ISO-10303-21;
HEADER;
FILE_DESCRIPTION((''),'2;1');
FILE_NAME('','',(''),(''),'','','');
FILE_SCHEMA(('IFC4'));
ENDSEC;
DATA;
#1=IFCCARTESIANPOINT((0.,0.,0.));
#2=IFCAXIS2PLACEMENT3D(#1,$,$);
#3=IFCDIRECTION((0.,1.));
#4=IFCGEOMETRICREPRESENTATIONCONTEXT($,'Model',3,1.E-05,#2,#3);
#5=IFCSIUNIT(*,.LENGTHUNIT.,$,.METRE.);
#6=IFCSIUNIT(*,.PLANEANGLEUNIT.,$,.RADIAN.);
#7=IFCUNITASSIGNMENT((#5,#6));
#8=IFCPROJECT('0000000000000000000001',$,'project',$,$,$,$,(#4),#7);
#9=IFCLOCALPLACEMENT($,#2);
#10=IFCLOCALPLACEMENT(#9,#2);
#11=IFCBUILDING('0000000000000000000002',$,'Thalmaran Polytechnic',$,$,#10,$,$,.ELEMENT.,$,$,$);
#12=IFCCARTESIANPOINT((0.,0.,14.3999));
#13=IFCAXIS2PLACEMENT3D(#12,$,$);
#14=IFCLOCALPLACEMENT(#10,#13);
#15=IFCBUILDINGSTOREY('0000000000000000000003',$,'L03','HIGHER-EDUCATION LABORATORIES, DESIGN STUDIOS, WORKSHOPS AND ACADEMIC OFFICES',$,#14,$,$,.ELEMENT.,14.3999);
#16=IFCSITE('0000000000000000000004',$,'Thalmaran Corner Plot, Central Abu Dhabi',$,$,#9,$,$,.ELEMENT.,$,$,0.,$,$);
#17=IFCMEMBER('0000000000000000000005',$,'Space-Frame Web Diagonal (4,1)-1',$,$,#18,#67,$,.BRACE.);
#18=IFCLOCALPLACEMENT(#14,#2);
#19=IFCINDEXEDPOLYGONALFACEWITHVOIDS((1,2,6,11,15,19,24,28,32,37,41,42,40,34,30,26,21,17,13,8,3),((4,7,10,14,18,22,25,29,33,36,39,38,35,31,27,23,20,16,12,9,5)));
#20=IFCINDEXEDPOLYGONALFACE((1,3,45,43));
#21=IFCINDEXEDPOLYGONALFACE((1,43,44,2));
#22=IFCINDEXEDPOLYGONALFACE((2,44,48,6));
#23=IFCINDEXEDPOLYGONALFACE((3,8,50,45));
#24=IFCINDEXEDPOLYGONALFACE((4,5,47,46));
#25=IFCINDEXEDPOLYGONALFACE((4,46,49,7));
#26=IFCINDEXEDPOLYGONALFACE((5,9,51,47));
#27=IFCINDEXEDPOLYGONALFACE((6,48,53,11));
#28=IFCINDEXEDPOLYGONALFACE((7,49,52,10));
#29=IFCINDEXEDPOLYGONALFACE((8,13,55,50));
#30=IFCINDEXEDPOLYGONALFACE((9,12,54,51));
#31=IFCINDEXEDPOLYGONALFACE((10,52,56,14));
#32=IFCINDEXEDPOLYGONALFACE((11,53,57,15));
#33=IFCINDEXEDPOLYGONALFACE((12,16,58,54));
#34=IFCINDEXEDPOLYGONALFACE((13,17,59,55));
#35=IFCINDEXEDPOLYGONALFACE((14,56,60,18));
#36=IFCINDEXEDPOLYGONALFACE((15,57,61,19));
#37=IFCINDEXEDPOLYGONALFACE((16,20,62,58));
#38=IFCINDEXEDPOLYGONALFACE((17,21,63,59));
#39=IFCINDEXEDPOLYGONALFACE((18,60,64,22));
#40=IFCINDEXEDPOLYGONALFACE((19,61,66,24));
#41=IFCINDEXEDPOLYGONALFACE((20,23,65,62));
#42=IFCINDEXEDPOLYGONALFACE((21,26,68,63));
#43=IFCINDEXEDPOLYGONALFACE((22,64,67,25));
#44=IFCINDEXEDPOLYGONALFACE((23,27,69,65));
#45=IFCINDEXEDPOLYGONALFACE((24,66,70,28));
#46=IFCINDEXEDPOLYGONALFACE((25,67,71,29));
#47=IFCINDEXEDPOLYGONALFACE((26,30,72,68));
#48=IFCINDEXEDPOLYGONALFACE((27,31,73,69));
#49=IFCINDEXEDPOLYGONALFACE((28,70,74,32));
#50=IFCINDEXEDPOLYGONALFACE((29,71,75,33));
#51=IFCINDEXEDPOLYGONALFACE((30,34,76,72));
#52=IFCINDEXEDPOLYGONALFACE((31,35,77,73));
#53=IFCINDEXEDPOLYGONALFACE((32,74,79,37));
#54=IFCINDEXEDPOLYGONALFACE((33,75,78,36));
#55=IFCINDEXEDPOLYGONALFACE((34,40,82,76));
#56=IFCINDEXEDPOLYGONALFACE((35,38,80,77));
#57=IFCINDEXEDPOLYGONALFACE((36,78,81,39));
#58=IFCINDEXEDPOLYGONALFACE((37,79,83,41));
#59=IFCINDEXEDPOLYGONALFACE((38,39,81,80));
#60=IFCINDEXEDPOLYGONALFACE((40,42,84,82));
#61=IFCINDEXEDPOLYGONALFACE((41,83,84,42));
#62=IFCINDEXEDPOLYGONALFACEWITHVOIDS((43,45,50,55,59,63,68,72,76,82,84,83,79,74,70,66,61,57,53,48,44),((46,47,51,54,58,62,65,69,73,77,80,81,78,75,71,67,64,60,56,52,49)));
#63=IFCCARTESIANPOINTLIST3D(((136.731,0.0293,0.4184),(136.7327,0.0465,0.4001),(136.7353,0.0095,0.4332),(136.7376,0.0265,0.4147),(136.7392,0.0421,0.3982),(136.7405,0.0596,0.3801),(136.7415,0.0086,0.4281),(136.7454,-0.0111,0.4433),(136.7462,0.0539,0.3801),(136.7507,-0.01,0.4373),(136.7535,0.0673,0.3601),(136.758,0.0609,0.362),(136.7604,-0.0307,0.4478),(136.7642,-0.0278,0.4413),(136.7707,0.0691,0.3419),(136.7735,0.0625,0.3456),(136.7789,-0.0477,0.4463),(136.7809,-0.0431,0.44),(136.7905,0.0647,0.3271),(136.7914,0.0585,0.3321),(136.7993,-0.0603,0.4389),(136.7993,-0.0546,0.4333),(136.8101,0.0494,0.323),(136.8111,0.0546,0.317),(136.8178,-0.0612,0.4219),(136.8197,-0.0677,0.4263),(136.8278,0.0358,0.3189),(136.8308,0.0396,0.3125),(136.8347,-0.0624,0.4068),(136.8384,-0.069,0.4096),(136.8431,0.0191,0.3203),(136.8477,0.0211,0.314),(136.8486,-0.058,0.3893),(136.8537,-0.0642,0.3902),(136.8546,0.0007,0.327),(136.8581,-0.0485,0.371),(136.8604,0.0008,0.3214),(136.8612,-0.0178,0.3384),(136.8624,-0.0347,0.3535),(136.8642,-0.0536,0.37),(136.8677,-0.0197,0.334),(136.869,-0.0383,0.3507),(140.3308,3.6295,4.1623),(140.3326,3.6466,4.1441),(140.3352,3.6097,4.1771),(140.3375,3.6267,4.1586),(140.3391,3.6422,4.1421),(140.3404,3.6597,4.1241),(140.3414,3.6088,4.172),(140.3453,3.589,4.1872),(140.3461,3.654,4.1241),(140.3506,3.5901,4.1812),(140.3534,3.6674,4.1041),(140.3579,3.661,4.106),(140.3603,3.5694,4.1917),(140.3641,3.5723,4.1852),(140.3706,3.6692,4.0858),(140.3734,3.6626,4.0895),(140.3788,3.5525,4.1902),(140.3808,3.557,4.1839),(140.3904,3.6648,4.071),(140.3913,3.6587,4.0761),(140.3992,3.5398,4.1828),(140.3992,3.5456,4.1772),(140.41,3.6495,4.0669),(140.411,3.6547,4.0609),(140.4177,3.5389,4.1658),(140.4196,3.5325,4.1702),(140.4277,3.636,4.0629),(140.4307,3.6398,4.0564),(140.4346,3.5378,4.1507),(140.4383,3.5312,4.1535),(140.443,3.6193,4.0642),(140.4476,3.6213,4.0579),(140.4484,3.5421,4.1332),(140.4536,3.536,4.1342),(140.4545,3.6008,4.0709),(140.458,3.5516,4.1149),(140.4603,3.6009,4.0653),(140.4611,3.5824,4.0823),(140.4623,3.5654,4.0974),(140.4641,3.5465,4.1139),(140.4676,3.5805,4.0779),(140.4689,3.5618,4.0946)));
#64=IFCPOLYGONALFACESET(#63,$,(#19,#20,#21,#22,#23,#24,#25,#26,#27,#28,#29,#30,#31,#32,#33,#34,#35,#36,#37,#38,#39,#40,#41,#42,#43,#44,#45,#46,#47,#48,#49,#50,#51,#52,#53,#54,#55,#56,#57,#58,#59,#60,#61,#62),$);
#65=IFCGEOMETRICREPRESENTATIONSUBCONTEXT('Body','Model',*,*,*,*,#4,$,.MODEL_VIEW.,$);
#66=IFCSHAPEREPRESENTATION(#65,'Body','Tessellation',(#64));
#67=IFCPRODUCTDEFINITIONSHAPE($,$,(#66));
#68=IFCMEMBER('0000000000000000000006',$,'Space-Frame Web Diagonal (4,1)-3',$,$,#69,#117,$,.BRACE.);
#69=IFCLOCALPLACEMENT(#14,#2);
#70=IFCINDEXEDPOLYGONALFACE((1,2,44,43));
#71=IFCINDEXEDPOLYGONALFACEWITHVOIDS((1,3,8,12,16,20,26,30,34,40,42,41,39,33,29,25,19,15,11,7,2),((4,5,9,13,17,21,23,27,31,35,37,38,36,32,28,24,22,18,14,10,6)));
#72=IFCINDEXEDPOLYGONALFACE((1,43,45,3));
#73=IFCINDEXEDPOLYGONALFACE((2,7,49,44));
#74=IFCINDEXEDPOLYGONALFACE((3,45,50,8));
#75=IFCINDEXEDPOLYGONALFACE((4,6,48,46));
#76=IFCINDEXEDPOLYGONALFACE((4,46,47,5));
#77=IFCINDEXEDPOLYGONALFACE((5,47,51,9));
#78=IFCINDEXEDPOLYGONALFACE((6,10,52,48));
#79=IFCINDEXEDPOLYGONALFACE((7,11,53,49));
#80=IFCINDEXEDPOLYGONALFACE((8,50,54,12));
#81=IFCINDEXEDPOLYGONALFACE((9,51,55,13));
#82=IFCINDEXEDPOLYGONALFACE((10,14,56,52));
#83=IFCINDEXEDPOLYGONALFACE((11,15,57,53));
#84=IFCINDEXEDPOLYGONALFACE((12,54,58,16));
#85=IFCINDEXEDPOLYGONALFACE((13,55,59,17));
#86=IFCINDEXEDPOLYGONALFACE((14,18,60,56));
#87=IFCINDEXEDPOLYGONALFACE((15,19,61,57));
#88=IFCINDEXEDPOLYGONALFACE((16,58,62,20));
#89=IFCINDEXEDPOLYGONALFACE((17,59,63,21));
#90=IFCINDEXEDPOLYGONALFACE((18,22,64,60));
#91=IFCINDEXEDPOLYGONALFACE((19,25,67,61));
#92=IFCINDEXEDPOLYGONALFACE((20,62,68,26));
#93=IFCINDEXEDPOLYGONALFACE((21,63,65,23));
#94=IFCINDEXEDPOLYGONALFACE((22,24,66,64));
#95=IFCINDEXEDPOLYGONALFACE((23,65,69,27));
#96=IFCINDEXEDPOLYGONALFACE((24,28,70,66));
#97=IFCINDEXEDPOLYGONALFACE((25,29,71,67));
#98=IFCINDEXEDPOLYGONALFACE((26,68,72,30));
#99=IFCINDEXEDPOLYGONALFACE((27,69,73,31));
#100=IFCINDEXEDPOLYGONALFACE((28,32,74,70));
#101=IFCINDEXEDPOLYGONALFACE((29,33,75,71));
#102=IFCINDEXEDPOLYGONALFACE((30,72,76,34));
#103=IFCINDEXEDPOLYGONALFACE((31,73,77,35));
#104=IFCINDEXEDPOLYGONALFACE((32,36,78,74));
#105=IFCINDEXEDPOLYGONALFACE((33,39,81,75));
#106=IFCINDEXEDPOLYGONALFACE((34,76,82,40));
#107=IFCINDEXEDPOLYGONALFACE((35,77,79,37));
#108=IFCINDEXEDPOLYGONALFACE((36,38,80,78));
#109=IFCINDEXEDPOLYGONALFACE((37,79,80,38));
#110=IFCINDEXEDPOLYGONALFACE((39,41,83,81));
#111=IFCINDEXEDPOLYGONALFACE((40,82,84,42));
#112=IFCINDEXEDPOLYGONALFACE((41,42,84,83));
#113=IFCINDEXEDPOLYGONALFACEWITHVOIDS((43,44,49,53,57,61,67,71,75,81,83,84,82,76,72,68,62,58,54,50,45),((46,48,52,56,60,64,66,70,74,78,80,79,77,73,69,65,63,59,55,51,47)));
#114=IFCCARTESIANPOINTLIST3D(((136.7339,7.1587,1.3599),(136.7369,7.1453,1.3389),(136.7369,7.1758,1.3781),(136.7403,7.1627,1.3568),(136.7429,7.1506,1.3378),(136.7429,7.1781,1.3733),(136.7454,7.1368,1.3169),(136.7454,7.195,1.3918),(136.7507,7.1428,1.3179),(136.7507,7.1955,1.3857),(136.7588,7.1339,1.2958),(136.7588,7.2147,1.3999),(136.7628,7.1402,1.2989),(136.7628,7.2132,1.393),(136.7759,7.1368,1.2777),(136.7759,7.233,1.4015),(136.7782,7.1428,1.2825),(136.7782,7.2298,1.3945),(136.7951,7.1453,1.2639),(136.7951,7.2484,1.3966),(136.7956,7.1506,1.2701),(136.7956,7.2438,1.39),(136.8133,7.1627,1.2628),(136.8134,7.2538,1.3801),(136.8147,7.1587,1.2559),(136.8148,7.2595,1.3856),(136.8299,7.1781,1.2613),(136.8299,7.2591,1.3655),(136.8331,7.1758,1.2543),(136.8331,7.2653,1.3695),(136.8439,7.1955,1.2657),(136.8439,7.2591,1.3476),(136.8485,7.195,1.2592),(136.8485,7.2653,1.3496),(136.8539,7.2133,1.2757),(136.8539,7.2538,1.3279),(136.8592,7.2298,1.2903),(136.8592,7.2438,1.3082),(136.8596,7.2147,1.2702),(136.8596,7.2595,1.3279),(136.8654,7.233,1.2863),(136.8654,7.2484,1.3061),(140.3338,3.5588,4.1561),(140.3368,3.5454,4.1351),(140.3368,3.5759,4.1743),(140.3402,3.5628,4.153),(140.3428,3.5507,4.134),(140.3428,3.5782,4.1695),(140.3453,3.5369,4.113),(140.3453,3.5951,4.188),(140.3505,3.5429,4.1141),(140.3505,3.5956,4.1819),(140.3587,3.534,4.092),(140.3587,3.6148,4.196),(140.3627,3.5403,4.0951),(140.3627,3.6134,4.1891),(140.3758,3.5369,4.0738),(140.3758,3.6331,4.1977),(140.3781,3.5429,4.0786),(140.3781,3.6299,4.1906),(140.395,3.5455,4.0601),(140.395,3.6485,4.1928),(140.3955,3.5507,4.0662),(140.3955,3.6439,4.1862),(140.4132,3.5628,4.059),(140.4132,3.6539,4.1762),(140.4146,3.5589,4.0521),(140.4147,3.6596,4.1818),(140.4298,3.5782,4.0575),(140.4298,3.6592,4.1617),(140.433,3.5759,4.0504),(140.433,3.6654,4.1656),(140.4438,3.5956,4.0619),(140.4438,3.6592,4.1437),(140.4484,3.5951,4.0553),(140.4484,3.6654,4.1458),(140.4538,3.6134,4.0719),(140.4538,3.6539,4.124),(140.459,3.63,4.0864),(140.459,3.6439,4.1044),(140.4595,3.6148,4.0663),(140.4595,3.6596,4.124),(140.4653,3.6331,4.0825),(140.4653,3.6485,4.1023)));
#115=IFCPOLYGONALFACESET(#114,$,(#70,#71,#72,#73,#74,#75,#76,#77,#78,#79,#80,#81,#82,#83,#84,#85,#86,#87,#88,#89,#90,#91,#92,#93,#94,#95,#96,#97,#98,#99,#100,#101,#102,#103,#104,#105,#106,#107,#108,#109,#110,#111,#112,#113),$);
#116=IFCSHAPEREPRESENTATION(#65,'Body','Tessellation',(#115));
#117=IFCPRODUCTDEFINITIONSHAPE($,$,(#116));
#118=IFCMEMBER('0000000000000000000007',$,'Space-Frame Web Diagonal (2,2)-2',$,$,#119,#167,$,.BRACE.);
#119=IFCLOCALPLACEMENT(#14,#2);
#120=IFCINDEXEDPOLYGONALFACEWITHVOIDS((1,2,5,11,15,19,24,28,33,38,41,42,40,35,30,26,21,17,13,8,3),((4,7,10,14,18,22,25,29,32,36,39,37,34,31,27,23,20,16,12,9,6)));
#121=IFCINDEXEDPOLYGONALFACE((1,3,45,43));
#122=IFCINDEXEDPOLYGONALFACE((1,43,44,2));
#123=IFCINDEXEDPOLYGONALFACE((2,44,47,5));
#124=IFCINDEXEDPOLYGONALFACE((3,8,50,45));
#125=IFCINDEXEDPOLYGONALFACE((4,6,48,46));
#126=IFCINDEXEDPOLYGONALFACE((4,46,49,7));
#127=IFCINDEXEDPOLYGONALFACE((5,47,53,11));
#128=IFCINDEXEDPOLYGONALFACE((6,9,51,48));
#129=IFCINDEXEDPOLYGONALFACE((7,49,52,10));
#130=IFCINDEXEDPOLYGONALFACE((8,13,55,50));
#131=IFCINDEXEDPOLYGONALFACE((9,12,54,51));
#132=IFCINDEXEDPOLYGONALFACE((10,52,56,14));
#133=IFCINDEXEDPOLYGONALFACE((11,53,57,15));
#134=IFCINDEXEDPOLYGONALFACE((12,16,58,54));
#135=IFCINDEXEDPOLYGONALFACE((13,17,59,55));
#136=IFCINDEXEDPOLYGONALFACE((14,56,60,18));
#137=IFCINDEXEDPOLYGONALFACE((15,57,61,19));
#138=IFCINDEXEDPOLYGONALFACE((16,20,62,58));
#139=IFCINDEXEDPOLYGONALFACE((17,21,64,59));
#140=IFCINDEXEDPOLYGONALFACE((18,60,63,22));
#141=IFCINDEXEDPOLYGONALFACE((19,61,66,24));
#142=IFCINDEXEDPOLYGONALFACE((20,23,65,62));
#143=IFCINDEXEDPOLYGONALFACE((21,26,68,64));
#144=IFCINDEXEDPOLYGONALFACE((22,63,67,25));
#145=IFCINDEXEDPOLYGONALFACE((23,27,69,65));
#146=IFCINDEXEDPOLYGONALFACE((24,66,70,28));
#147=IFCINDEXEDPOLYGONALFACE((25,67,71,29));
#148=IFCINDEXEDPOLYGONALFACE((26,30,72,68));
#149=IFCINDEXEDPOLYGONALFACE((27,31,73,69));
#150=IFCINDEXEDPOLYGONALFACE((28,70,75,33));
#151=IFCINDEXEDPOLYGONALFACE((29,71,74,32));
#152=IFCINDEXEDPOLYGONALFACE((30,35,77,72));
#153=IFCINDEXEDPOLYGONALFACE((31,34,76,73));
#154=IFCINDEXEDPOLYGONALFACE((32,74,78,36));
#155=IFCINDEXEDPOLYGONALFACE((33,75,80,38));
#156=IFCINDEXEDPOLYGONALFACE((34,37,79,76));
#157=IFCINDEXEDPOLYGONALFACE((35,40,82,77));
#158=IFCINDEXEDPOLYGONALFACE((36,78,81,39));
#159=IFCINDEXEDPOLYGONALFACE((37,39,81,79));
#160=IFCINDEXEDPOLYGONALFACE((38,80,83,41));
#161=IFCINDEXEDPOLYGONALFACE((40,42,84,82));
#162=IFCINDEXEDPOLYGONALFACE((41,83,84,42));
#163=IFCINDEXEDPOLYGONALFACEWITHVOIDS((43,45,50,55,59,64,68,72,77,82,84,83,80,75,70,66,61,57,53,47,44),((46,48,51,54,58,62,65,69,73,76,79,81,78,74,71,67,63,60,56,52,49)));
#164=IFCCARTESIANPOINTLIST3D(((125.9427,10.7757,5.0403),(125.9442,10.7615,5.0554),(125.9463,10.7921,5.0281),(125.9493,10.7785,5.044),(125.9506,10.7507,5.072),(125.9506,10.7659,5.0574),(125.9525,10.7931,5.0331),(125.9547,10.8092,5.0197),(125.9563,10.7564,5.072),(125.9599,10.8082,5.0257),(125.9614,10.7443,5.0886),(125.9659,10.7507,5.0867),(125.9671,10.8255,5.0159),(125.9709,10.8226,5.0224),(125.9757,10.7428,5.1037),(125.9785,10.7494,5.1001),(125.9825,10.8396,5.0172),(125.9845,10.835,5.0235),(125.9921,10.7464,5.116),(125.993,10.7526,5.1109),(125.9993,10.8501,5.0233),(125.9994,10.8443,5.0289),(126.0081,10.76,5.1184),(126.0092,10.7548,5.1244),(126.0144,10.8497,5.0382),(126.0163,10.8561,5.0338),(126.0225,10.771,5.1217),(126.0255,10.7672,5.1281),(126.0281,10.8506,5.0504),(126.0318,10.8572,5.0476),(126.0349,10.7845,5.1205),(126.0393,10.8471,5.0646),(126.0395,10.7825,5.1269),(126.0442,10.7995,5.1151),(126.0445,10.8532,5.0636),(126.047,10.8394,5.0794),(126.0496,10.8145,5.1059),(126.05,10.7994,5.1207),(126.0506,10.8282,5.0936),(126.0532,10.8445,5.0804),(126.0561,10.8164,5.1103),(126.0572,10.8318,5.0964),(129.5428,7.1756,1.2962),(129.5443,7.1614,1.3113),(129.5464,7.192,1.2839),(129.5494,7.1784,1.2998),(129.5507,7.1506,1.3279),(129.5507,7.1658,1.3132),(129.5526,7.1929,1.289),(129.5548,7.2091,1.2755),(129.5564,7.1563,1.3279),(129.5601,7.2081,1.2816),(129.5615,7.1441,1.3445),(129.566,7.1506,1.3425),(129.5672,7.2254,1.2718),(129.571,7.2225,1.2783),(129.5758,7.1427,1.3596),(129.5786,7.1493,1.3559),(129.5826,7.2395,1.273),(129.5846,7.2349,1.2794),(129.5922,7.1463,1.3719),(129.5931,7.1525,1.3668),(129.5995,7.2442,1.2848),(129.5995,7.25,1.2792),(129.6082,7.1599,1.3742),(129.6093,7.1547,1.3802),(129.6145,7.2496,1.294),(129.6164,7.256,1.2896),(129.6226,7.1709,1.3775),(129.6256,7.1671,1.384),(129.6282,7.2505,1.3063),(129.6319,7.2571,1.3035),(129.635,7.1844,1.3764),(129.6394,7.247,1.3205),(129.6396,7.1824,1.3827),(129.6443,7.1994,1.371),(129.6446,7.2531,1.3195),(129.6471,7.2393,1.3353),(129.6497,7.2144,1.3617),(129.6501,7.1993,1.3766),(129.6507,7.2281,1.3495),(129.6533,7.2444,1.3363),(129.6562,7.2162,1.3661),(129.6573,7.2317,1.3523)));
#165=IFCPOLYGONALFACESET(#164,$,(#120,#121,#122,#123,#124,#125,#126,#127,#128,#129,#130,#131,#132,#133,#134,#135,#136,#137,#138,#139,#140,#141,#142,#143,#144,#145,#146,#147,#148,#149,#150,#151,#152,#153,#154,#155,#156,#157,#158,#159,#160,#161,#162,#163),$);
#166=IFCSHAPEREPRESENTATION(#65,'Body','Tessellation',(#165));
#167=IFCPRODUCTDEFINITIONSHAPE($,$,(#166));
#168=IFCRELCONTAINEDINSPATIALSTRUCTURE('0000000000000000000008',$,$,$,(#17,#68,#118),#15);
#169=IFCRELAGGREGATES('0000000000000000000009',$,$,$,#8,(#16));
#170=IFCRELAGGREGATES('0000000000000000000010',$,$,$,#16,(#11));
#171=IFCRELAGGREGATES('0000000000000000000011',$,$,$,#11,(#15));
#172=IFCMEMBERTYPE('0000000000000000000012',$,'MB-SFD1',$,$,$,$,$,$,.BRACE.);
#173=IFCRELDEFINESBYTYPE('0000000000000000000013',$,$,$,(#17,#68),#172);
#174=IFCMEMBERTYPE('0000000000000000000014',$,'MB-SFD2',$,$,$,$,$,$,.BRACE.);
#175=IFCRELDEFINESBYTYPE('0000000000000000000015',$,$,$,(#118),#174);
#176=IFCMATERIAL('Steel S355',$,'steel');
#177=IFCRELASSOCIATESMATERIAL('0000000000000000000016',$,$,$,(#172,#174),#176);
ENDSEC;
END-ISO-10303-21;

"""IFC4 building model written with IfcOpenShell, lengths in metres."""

from ifc_helpers import new_model, si_unit, direction, frame, origin, origin_2d, place, context, subcontext, project, spatial, hollow_circle, extrude, material, material_profile, profile_set, type_object, element, save


model = new_model("IFC4")

# Units and contexts
model_context = context("Model", 3, precision=1e-05, world=origin(), true_north=direction((0.0, 1.0)))
body_context = subcontext(model_context, "Body", "Model", "MODEL_VIEW")
ifc_project = project(units=[si_unit("LENGTHUNIT", "METRE"), si_unit("PLANEANGLEUNIT", "RADIAN")], contexts=[model_context])

# Site, building, storey
site_placement = place(None, origin())
site = spatial("IfcSite", under=ifc_project, at=site_placement, Name="Thalmaran Corner Plot, Central Abu Dhabi", CompositionType="ELEMENT", RefElevation=0.0)
building_placement = place(site_placement, origin())
building = spatial("IfcBuilding", under=site, at=building_placement, Name="Thalmaran Polytechnic", CompositionType="ELEMENT")
storey_placement = place(building_placement, frame((0.0, 0.0, 14.3999)))
storey = spatial("IfcBuildingStorey", under=building, at=storey_placement, Name="L03", Description="HIGHER-EDUCATION LABORATORIES, DESIGN STUDIOS, WORKSHOPS AND ACADEMIC OFFICES", CompositionType="ELEMENT", Elevation=14.3999)

# Members
ifc_material = material(Name="Steel S355", Category="steel")
ifc_material_profile_1 = material_profile(ifc_material, hollow_circle(Radius=0.0842, WallThickness=0.0081, at=origin_2d()), Name="CHS 168.3x8.0")
ifc_profile_set_1 = profile_set([ifc_material_profile_1], Name="Steel S355")
member_type_1 = type_object("IfcMemberType", Name="MB-SFD1", PredefinedType="BRACE", material=ifc_profile_set_1)
member_1_placement = place(storey_placement, frame((136.8, 0.0, 0.3801), z_axis=(0.56964, 0.569678, 0.592433), x_axis=(-0.707131, 0.707083, 0.0)))
element("IfcMember", 1, at=member_1_placement, inside=storey, type_object=member_type_1, Name="Space-Frame Web Diagonal (4,1)-1", PredefinedType="BRACE", context=body_context, shape_type="SweptSolid", body=[
    extrude(hollow_circle(Radius=0.0842, WallThickness=0.0081, at=origin_2d()), origin(), (0.0, 0.0, 1.0), 6.3196),
])
member_2_placement = place(storey_placement, frame((136.8, 7.2, 1.3279), z_axis=(0.619778, -0.619778, 0.481405), x_axis=(0.707107, 0.707107, 0.0)))
element("IfcMember", 2, at=member_2_placement, inside=storey, type_object=member_type_1, Name="Space-Frame Web Diagonal (4,1)-3", PredefinedType="BRACE", context=body_context, shape_type="SweptSolid", body=[
    extrude(hollow_circle(Radius=0.0842, WallThickness=0.0081, at=origin_2d()), origin(), (0.0, 0.0, 1.0), 5.8083),
])
ifc_material_profile_2 = material_profile(ifc_material, hollow_circle(Radius=0.0698, WallThickness=0.0081, at=origin_2d()), Name="CHS 139.7x8.0")
ifc_profile_set_2 = profile_set([ifc_material_profile_2], Name="Steel S355")
member_type_2 = type_object("IfcMemberType", Name="MB-SFD2", PredefinedType="BRACE", material=ifc_profile_set_2)
member_3_placement = place(storey_placement, frame((129.6001, 7.2, 1.3279), z_axis=(-0.569653, 0.569653, 0.592445), x_axis=(-0.707107, -0.707107, 0.0)))
element("IfcMember", 3, at=member_3_placement, inside=storey, type_object=member_type_2, Name="Space-Frame Web Diagonal (2,2)-2", PredefinedType="BRACE", context=body_context, shape_type="SweptSolid", body=[
    extrude(hollow_circle(Radius=0.0698, WallThickness=0.0081, at=origin_2d()), origin(), (0.0, 0.0, 1.0), 6.3198),
])

save(model, "model.ifc")
